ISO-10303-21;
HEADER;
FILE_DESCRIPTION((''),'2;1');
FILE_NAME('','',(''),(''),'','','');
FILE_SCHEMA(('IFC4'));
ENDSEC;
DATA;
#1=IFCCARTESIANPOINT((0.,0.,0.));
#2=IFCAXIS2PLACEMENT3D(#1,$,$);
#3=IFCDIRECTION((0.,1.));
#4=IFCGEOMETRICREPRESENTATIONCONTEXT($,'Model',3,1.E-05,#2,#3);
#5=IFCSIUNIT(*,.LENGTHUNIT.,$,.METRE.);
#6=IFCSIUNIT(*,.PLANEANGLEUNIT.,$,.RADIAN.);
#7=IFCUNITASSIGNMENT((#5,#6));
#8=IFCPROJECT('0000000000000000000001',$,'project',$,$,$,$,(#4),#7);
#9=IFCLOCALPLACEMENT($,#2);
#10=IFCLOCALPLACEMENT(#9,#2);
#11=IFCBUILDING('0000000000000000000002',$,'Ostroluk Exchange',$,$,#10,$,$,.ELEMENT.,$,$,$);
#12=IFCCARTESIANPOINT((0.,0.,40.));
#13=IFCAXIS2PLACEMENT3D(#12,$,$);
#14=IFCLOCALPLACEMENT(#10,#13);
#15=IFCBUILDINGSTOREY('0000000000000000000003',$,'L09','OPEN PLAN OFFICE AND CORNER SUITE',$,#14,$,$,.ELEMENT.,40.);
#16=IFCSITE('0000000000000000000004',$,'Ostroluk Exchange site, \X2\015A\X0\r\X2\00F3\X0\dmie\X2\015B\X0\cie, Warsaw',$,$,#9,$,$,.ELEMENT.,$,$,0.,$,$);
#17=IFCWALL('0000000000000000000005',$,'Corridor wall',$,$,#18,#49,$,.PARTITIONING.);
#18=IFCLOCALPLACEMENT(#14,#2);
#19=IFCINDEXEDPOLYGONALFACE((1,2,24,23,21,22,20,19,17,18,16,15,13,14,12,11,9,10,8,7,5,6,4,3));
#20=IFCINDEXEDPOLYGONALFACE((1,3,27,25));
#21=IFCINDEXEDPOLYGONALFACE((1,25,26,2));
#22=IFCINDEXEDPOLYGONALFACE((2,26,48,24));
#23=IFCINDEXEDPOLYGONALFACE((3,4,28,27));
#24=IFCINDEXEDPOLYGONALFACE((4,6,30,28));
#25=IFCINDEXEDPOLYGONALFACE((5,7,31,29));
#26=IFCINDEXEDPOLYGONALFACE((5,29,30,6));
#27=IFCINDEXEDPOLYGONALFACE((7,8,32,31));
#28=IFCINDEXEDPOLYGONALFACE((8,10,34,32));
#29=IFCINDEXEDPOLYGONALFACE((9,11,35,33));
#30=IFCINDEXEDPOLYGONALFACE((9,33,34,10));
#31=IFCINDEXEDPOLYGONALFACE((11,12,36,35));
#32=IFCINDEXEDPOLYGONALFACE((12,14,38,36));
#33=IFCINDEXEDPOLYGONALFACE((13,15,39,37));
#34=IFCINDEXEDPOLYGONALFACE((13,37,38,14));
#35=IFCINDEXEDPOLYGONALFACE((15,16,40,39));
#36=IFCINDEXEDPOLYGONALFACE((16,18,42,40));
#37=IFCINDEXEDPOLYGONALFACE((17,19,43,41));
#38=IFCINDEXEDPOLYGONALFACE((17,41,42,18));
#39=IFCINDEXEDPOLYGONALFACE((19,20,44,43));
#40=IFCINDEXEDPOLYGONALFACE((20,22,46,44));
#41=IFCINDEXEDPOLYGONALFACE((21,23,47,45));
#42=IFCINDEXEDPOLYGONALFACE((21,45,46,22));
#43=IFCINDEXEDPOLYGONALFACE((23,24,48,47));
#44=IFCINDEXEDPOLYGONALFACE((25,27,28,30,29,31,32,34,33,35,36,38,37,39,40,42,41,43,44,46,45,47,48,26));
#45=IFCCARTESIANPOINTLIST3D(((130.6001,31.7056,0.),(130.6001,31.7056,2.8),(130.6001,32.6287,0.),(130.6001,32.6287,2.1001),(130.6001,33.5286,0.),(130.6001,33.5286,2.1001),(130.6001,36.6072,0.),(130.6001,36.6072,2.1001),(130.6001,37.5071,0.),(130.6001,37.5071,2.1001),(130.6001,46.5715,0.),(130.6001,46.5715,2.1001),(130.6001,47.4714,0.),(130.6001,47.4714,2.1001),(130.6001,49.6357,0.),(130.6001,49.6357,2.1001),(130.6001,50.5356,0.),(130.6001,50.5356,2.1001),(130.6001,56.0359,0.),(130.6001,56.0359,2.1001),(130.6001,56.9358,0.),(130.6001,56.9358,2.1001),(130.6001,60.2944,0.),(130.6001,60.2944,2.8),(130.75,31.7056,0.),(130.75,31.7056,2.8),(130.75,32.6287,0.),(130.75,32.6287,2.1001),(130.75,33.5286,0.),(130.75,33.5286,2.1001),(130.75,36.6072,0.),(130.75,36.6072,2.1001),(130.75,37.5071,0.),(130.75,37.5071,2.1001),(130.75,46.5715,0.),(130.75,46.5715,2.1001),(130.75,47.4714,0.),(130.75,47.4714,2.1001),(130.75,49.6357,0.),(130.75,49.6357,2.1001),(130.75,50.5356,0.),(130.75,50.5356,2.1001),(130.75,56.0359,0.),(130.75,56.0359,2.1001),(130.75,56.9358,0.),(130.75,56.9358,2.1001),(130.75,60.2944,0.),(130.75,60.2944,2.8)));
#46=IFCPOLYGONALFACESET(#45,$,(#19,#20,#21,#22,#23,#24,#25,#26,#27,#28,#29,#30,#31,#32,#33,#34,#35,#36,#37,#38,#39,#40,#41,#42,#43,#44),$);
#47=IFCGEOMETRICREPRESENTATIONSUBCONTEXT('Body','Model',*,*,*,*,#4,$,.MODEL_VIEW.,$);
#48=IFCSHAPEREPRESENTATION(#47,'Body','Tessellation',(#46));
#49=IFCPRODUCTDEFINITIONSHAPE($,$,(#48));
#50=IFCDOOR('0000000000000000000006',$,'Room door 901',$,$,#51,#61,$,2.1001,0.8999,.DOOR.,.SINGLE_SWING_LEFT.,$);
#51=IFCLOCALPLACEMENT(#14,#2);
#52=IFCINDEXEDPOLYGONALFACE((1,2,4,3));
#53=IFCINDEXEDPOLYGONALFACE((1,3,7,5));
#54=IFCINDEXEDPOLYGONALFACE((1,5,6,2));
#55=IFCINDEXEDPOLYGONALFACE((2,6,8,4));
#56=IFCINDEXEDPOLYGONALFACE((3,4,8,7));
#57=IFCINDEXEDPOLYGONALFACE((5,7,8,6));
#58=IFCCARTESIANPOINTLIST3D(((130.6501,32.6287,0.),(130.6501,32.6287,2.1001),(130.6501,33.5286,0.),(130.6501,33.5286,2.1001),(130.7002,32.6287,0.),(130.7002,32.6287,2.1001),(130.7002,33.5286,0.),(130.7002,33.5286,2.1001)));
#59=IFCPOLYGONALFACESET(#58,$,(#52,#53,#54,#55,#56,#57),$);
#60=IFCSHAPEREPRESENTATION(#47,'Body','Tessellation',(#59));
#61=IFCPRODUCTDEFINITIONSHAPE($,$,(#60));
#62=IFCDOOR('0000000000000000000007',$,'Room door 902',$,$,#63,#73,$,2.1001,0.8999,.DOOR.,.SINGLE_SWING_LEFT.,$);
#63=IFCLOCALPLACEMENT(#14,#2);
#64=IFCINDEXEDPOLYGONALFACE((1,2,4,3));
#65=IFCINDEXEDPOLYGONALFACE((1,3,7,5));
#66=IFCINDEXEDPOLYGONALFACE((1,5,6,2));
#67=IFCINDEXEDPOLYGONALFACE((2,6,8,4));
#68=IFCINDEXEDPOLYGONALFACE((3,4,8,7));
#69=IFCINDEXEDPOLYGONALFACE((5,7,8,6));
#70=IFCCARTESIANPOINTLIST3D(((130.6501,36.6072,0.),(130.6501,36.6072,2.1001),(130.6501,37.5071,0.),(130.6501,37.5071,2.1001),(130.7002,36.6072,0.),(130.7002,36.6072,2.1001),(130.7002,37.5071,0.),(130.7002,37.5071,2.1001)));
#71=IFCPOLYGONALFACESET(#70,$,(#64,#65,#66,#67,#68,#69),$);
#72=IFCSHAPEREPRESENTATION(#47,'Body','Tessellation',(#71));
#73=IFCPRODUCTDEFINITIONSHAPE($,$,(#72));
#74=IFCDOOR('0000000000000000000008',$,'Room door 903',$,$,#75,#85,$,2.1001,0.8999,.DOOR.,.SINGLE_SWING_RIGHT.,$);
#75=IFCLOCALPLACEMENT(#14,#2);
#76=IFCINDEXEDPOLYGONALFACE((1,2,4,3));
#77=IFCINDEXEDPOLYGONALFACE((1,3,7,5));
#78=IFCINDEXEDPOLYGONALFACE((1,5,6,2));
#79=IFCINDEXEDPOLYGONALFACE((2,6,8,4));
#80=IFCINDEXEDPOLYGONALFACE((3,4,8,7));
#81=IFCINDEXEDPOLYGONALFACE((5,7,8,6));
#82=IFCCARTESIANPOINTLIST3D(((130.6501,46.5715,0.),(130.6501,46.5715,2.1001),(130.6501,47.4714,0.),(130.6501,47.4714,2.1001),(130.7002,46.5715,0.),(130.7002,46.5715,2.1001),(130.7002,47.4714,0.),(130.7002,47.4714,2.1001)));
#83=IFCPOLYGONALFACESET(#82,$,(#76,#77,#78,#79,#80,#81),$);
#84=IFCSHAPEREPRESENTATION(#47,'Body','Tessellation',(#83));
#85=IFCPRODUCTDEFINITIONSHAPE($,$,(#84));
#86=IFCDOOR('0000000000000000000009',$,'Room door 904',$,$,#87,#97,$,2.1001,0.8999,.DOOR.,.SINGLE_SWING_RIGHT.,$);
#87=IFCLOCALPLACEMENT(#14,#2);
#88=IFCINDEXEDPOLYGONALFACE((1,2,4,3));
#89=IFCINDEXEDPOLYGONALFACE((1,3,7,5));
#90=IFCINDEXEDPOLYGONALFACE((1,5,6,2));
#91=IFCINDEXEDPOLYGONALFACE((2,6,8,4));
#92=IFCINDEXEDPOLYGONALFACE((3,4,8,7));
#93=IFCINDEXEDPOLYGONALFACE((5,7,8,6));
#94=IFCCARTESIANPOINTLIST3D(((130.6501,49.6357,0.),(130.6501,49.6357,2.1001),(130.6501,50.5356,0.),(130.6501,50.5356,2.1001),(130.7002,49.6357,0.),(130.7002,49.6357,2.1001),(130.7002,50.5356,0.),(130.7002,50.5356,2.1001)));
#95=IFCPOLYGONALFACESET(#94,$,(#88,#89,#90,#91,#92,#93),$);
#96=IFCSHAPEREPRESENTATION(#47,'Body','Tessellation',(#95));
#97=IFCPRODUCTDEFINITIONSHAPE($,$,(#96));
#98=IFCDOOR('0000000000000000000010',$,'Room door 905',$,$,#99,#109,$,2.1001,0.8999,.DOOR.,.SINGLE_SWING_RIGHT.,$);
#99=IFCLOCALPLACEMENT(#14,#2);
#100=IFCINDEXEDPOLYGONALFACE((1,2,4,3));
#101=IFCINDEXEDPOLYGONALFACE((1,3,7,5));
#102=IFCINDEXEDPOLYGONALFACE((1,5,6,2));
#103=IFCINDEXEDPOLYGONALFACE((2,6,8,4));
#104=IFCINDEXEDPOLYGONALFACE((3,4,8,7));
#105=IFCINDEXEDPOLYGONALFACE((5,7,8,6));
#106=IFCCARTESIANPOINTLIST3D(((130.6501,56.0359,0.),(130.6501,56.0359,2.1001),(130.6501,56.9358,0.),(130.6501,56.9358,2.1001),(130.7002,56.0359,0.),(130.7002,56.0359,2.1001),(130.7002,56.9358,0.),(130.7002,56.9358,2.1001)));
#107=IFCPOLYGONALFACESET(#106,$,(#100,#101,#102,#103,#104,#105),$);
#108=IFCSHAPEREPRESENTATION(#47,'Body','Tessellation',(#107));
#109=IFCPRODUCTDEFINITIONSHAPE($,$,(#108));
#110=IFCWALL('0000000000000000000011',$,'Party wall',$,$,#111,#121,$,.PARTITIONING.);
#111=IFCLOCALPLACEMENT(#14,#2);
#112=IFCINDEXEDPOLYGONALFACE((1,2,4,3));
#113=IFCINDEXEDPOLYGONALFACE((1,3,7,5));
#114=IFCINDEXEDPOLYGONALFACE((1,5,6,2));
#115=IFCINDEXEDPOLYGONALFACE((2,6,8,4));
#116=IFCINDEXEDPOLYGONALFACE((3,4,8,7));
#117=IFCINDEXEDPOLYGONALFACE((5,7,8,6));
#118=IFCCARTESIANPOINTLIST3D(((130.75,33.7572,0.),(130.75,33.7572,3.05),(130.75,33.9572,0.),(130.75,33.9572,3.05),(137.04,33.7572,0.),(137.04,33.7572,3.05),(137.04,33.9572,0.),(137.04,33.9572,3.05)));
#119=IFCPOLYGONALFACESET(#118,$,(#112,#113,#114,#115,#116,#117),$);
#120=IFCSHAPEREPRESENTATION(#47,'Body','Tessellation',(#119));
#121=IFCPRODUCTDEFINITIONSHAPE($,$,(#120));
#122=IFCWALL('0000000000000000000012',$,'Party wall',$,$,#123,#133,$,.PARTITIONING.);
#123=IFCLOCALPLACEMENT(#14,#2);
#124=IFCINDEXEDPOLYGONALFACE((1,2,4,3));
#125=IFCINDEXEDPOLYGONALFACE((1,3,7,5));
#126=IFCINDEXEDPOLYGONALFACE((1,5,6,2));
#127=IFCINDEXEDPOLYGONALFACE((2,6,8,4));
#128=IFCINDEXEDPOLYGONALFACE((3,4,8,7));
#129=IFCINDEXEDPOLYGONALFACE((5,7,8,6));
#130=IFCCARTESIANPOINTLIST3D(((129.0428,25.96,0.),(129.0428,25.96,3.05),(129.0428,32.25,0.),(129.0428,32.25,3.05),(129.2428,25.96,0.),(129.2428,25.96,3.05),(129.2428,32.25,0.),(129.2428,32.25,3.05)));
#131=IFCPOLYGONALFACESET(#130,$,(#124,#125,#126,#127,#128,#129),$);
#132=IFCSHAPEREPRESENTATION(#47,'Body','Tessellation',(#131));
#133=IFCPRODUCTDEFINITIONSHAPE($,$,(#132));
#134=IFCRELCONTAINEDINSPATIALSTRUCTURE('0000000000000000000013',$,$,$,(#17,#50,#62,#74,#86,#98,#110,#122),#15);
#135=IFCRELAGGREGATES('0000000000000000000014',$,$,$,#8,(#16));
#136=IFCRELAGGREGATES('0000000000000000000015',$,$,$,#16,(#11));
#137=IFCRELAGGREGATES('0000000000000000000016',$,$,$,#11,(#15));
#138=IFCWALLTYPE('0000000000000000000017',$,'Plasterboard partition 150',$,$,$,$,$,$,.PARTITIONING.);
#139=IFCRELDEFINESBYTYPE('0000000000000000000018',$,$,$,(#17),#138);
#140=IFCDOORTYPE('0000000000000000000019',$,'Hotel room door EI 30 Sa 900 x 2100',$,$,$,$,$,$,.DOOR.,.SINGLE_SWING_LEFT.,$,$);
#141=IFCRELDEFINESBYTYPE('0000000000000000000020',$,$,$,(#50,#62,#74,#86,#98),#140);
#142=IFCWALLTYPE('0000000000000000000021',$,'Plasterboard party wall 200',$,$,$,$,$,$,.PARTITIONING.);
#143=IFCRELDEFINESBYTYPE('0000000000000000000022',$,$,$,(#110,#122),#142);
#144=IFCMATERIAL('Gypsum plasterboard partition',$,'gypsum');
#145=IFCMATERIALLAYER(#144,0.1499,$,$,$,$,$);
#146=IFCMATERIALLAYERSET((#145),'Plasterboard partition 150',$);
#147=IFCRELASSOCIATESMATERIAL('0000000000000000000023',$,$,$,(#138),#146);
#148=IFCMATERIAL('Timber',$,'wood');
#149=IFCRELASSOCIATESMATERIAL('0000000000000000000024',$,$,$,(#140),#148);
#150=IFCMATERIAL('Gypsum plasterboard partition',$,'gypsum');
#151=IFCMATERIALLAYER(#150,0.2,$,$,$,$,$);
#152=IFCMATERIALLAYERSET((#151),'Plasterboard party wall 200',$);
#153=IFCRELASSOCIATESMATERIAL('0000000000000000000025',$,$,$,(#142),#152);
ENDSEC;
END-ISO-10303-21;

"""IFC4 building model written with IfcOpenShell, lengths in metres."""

from ifc_helpers import new_model, si_unit, direction, frame, frame_2d, origin, place, context, subcontext, project, spatial, rectangle, extrude, material, layer, layer_set, type_object, element, fill, save


model = new_model("IFC4")

# Units and contexts
model_context = context("Model", 3, precision=1e-05, world=origin(), true_north=direction((0.0, 1.0)))
body_context = subcontext(model_context, "Body", "Model", "MODEL_VIEW")
ifc_project = project(units=[si_unit("LENGTHUNIT", "METRE"), si_unit("PLANEANGLEUNIT", "RADIAN")], contexts=[model_context])

# Site, building, storey
site_placement = place(None, origin())
site = spatial("IfcSite", under=ifc_project, at=site_placement, Name="Ostroluk Exchange site, Śródmieście, Warsaw", CompositionType="ELEMENT", RefElevation=0.0)
building_placement = place(site_placement, origin())
building = spatial("IfcBuilding", under=site, at=building_placement, Name="Ostroluk Exchange", CompositionType="ELEMENT")
storey_placement = place(building_placement, frame((0.0, 0.0, 40.0)))
storey = spatial("IfcBuildingStorey", under=building, at=storey_placement, Name="L09", Description="OPEN PLAN OFFICE AND CORNER SUITE", CompositionType="ELEMENT", Elevation=40.0)

# Shared definitions
ifc_material_1 = material(Name="Gypsum plasterboard partition", Category="gypsum")
ifc_layer_1 = layer(ifc_material_1, 0.1499)
ifc_layer_set_1 = layer_set([ifc_layer_1], Name="Plasterboard partition 150")
wall_type_1 = type_object("IfcWallType", Name="Plasterboard partition 150", PredefinedType="PARTITIONING", material=ifc_layer_set_1)

# Wall, openings, doors
wall_1_placement = place(storey_placement, frame((130.675, 31.7056, 0.0), z_axis=(0.0, 0.0, 1.0), x_axis=(0.0, 1.0, 0.0)))
wall_1 = element("IfcWall", 1, at=wall_1_placement, inside=storey, type_object=wall_type_1, Name="Corridor wall", PredefinedType="PARTITIONING", context=body_context, shape_type="SweptSolid", body=[
    extrude(rectangle(XDim=28.5889, YDim=0.1499, at=frame_2d((14.2944, 0.0))), origin(), (0.0, 0.0, 1.0), 2.8),
])
opening_1_placement = place(wall_1_placement, frame((0.9231, 0.0, 0.0)))
opening_1 = element("IfcOpeningElement", 2, at=opening_1_placement, cuts=wall_1, PredefinedType="OPENING", context=body_context, shape_type="SweptSolid", body=[
    extrude(rectangle(XDim=0.8999, YDim=2.1001, at=frame_2d((0.45, 1.05))), frame((0.0, 0.085, 0.0), z_axis=(0.0, -1.0, 0.0), x_axis=(1.0, 0.0, 0.0)), (0.0, 0.0, 1.0), 0.1699),
])
opening_2_placement = place(wall_1_placement, frame((4.9016, 0.0, 0.0)))
opening_2 = element("IfcOpeningElement", 3, at=opening_2_placement, cuts=wall_1, PredefinedType="OPENING", context=body_context, shape_type="SweptSolid", body=[
    extrude(rectangle(XDim=0.8999, YDim=2.1001, at=frame_2d((0.45, 1.05))), frame((0.0, 0.085, 0.0), z_axis=(0.0, -1.0, 0.0), x_axis=(1.0, 0.0, 0.0)), (0.0, 0.0, 1.0), 0.1699),
])
opening_3_placement = place(wall_1_placement, frame((14.866, 0.0, 0.0)))
opening_3 = element("IfcOpeningElement", 4, at=opening_3_placement, cuts=wall_1, PredefinedType="OPENING", context=body_context, shape_type="SweptSolid", body=[
    extrude(rectangle(XDim=0.8999, YDim=2.1001, at=frame_2d((0.45, 1.05))), frame((0.0, 0.085, 0.0), z_axis=(0.0, -1.0, 0.0), x_axis=(1.0, 0.0, 0.0)), (0.0, 0.0, 1.0), 0.1699),
])
opening_4_placement = place(wall_1_placement, frame((17.9302, 0.0, 0.0)))
opening_4 = element("IfcOpeningElement", 5, at=opening_4_placement, cuts=wall_1, PredefinedType="OPENING", context=body_context, shape_type="SweptSolid", body=[
    extrude(rectangle(XDim=0.8999, YDim=2.1001, at=frame_2d((0.45, 1.05))), frame((0.0, 0.085, 0.0), z_axis=(0.0, -1.0, 0.0), x_axis=(1.0, 0.0, 0.0)), (0.0, 0.0, 1.0), 0.1699),
])
opening_5_placement = place(wall_1_placement, frame((24.3303, 0.0, 0.0)))
opening_5 = element("IfcOpeningElement", 6, at=opening_5_placement, cuts=wall_1, PredefinedType="OPENING", context=body_context, shape_type="SweptSolid", body=[
    extrude(rectangle(XDim=0.8999, YDim=2.1001, at=frame_2d((0.45, 1.05))), frame((0.0, 0.085, 0.0), z_axis=(0.0, -1.0, 0.0), x_axis=(1.0, 0.0, 0.0)), (0.0, 0.0, 1.0), 0.1699),
])
ifc_material_2 = material(Name="Timber", Category="wood")
door_type_1 = type_object("IfcDoorType", Name="Hotel room door EI 30 Sa 900 x 2100", OperationType="SINGLE_SWING_LEFT", PredefinedType="DOOR", material=ifc_material_2)
door_1_placement = place(opening_1_placement, origin())
door_1 = element("IfcDoor", 7, at=door_1_placement, inside=storey, type_object=door_type_1, Name="Room door 901", OperationType="SINGLE_SWING_LEFT", OverallHeight=2.1001, OverallWidth=0.8999, PredefinedType="DOOR", context=body_context, shape_type="SweptSolid", body=[
    extrude(rectangle(XDim=0.8999, YDim=2.1001, at=frame_2d((0.45, 1.05))), frame((0.0, 0.0249, 0.0), z_axis=(0.0, -1.0, 0.0), x_axis=(1.0, 0.0, 0.0)), (0.0, 0.0, 1.0), 0.05),
])
fill(opening_1, door_1)
door_2_placement = place(opening_2_placement, origin())
door_2 = element("IfcDoor", 8, at=door_2_placement, inside=storey, type_object=door_type_1, Name="Room door 902", OperationType="SINGLE_SWING_LEFT", OverallHeight=2.1001, OverallWidth=0.8999, PredefinedType="DOOR", context=body_context, shape_type="SweptSolid", body=[
    extrude(rectangle(XDim=0.8999, YDim=2.1001, at=frame_2d((0.45, 1.05))), frame((0.0, 0.0249, 0.0), z_axis=(0.0, -1.0, 0.0), x_axis=(1.0, 0.0, 0.0)), (0.0, 0.0, 1.0), 0.05),
])
fill(opening_2, door_2)
door_3_placement = place(opening_3_placement, origin())
door_3 = element("IfcDoor", 9, at=door_3_placement, inside=storey, type_object=door_type_1, Name="Room door 903", OperationType="SINGLE_SWING_RIGHT", OverallHeight=2.1001, OverallWidth=0.8999, PredefinedType="DOOR", context=body_context, shape_type="SweptSolid", body=[
    extrude(rectangle(XDim=0.8999, YDim=2.1001, at=frame_2d((0.45, 1.05))), frame((0.0, 0.0249, 0.0), z_axis=(0.0, -1.0, 0.0), x_axis=(1.0, 0.0, 0.0)), (0.0, 0.0, 1.0), 0.05),
])
fill(opening_3, door_3)
door_4_placement = place(opening_4_placement, origin())
door_4 = element("IfcDoor", 10, at=door_4_placement, inside=storey, type_object=door_type_1, Name="Room door 904", OperationType="SINGLE_SWING_RIGHT", OverallHeight=2.1001, OverallWidth=0.8999, PredefinedType="DOOR", context=body_context, shape_type="SweptSolid", body=[
    extrude(rectangle(XDim=0.8999, YDim=2.1001, at=frame_2d((0.45, 1.05))), frame((0.0, 0.0249, 0.0), z_axis=(0.0, -1.0, 0.0), x_axis=(1.0, 0.0, 0.0)), (0.0, 0.0, 1.0), 0.05),
])
fill(opening_4, door_4)
door_5_placement = place(opening_5_placement, origin())
door_5 = element("IfcDoor", 11, at=door_5_placement, inside=storey, type_object=door_type_1, Name="Room door 905", OperationType="SINGLE_SWING_RIGHT", OverallHeight=2.1001, OverallWidth=0.8999, PredefinedType="DOOR", context=body_context, shape_type="SweptSolid", body=[
    extrude(rectangle(XDim=0.8999, YDim=2.1001, at=frame_2d((0.45, 1.05))), frame((0.0, 0.0249, 0.0), z_axis=(0.0, -1.0, 0.0), x_axis=(1.0, 0.0, 0.0)), (0.0, 0.0, 1.0), 0.05),
])
fill(opening_5, door_5)

# Walls
ifc_material_3 = material(Name="Gypsum plasterboard partition", Category="gypsum")
ifc_layer_2 = layer(ifc_material_3, 0.2)
ifc_layer_set_2 = layer_set([ifc_layer_2], Name="Plasterboard party wall 200")
wall_type_2 = type_object("IfcWallType", Name="Plasterboard party wall 200", PredefinedType="PARTITIONING", material=ifc_layer_set_2)
for number, where, z_axis, x_axis, name in (
    (12, (130.75, 33.8572, 0.0), (0.0, 0.0, 1.0), (1.0, 0.0, 0.0), "Party wall"),
    (13, (129.1428, 32.25, 0.0), (0.0, 0.0, 1.0), (0.0, -1.0, 0.0), "Party wall"),
):
    element("IfcWall", number, at=place(storey_placement, frame(where, z_axis=z_axis, x_axis=x_axis)), inside=storey, type_object=wall_type_2, Name=name, PredefinedType="PARTITIONING", context=body_context, shape_type="SweptSolid", body=[
        extrude(rectangle(XDim=6.29, YDim=0.2, at=frame_2d((3.145, 0.0))), origin(), (0.0, 0.0, 1.0), 3.05),
    ])

save(model, "model.ifc")
